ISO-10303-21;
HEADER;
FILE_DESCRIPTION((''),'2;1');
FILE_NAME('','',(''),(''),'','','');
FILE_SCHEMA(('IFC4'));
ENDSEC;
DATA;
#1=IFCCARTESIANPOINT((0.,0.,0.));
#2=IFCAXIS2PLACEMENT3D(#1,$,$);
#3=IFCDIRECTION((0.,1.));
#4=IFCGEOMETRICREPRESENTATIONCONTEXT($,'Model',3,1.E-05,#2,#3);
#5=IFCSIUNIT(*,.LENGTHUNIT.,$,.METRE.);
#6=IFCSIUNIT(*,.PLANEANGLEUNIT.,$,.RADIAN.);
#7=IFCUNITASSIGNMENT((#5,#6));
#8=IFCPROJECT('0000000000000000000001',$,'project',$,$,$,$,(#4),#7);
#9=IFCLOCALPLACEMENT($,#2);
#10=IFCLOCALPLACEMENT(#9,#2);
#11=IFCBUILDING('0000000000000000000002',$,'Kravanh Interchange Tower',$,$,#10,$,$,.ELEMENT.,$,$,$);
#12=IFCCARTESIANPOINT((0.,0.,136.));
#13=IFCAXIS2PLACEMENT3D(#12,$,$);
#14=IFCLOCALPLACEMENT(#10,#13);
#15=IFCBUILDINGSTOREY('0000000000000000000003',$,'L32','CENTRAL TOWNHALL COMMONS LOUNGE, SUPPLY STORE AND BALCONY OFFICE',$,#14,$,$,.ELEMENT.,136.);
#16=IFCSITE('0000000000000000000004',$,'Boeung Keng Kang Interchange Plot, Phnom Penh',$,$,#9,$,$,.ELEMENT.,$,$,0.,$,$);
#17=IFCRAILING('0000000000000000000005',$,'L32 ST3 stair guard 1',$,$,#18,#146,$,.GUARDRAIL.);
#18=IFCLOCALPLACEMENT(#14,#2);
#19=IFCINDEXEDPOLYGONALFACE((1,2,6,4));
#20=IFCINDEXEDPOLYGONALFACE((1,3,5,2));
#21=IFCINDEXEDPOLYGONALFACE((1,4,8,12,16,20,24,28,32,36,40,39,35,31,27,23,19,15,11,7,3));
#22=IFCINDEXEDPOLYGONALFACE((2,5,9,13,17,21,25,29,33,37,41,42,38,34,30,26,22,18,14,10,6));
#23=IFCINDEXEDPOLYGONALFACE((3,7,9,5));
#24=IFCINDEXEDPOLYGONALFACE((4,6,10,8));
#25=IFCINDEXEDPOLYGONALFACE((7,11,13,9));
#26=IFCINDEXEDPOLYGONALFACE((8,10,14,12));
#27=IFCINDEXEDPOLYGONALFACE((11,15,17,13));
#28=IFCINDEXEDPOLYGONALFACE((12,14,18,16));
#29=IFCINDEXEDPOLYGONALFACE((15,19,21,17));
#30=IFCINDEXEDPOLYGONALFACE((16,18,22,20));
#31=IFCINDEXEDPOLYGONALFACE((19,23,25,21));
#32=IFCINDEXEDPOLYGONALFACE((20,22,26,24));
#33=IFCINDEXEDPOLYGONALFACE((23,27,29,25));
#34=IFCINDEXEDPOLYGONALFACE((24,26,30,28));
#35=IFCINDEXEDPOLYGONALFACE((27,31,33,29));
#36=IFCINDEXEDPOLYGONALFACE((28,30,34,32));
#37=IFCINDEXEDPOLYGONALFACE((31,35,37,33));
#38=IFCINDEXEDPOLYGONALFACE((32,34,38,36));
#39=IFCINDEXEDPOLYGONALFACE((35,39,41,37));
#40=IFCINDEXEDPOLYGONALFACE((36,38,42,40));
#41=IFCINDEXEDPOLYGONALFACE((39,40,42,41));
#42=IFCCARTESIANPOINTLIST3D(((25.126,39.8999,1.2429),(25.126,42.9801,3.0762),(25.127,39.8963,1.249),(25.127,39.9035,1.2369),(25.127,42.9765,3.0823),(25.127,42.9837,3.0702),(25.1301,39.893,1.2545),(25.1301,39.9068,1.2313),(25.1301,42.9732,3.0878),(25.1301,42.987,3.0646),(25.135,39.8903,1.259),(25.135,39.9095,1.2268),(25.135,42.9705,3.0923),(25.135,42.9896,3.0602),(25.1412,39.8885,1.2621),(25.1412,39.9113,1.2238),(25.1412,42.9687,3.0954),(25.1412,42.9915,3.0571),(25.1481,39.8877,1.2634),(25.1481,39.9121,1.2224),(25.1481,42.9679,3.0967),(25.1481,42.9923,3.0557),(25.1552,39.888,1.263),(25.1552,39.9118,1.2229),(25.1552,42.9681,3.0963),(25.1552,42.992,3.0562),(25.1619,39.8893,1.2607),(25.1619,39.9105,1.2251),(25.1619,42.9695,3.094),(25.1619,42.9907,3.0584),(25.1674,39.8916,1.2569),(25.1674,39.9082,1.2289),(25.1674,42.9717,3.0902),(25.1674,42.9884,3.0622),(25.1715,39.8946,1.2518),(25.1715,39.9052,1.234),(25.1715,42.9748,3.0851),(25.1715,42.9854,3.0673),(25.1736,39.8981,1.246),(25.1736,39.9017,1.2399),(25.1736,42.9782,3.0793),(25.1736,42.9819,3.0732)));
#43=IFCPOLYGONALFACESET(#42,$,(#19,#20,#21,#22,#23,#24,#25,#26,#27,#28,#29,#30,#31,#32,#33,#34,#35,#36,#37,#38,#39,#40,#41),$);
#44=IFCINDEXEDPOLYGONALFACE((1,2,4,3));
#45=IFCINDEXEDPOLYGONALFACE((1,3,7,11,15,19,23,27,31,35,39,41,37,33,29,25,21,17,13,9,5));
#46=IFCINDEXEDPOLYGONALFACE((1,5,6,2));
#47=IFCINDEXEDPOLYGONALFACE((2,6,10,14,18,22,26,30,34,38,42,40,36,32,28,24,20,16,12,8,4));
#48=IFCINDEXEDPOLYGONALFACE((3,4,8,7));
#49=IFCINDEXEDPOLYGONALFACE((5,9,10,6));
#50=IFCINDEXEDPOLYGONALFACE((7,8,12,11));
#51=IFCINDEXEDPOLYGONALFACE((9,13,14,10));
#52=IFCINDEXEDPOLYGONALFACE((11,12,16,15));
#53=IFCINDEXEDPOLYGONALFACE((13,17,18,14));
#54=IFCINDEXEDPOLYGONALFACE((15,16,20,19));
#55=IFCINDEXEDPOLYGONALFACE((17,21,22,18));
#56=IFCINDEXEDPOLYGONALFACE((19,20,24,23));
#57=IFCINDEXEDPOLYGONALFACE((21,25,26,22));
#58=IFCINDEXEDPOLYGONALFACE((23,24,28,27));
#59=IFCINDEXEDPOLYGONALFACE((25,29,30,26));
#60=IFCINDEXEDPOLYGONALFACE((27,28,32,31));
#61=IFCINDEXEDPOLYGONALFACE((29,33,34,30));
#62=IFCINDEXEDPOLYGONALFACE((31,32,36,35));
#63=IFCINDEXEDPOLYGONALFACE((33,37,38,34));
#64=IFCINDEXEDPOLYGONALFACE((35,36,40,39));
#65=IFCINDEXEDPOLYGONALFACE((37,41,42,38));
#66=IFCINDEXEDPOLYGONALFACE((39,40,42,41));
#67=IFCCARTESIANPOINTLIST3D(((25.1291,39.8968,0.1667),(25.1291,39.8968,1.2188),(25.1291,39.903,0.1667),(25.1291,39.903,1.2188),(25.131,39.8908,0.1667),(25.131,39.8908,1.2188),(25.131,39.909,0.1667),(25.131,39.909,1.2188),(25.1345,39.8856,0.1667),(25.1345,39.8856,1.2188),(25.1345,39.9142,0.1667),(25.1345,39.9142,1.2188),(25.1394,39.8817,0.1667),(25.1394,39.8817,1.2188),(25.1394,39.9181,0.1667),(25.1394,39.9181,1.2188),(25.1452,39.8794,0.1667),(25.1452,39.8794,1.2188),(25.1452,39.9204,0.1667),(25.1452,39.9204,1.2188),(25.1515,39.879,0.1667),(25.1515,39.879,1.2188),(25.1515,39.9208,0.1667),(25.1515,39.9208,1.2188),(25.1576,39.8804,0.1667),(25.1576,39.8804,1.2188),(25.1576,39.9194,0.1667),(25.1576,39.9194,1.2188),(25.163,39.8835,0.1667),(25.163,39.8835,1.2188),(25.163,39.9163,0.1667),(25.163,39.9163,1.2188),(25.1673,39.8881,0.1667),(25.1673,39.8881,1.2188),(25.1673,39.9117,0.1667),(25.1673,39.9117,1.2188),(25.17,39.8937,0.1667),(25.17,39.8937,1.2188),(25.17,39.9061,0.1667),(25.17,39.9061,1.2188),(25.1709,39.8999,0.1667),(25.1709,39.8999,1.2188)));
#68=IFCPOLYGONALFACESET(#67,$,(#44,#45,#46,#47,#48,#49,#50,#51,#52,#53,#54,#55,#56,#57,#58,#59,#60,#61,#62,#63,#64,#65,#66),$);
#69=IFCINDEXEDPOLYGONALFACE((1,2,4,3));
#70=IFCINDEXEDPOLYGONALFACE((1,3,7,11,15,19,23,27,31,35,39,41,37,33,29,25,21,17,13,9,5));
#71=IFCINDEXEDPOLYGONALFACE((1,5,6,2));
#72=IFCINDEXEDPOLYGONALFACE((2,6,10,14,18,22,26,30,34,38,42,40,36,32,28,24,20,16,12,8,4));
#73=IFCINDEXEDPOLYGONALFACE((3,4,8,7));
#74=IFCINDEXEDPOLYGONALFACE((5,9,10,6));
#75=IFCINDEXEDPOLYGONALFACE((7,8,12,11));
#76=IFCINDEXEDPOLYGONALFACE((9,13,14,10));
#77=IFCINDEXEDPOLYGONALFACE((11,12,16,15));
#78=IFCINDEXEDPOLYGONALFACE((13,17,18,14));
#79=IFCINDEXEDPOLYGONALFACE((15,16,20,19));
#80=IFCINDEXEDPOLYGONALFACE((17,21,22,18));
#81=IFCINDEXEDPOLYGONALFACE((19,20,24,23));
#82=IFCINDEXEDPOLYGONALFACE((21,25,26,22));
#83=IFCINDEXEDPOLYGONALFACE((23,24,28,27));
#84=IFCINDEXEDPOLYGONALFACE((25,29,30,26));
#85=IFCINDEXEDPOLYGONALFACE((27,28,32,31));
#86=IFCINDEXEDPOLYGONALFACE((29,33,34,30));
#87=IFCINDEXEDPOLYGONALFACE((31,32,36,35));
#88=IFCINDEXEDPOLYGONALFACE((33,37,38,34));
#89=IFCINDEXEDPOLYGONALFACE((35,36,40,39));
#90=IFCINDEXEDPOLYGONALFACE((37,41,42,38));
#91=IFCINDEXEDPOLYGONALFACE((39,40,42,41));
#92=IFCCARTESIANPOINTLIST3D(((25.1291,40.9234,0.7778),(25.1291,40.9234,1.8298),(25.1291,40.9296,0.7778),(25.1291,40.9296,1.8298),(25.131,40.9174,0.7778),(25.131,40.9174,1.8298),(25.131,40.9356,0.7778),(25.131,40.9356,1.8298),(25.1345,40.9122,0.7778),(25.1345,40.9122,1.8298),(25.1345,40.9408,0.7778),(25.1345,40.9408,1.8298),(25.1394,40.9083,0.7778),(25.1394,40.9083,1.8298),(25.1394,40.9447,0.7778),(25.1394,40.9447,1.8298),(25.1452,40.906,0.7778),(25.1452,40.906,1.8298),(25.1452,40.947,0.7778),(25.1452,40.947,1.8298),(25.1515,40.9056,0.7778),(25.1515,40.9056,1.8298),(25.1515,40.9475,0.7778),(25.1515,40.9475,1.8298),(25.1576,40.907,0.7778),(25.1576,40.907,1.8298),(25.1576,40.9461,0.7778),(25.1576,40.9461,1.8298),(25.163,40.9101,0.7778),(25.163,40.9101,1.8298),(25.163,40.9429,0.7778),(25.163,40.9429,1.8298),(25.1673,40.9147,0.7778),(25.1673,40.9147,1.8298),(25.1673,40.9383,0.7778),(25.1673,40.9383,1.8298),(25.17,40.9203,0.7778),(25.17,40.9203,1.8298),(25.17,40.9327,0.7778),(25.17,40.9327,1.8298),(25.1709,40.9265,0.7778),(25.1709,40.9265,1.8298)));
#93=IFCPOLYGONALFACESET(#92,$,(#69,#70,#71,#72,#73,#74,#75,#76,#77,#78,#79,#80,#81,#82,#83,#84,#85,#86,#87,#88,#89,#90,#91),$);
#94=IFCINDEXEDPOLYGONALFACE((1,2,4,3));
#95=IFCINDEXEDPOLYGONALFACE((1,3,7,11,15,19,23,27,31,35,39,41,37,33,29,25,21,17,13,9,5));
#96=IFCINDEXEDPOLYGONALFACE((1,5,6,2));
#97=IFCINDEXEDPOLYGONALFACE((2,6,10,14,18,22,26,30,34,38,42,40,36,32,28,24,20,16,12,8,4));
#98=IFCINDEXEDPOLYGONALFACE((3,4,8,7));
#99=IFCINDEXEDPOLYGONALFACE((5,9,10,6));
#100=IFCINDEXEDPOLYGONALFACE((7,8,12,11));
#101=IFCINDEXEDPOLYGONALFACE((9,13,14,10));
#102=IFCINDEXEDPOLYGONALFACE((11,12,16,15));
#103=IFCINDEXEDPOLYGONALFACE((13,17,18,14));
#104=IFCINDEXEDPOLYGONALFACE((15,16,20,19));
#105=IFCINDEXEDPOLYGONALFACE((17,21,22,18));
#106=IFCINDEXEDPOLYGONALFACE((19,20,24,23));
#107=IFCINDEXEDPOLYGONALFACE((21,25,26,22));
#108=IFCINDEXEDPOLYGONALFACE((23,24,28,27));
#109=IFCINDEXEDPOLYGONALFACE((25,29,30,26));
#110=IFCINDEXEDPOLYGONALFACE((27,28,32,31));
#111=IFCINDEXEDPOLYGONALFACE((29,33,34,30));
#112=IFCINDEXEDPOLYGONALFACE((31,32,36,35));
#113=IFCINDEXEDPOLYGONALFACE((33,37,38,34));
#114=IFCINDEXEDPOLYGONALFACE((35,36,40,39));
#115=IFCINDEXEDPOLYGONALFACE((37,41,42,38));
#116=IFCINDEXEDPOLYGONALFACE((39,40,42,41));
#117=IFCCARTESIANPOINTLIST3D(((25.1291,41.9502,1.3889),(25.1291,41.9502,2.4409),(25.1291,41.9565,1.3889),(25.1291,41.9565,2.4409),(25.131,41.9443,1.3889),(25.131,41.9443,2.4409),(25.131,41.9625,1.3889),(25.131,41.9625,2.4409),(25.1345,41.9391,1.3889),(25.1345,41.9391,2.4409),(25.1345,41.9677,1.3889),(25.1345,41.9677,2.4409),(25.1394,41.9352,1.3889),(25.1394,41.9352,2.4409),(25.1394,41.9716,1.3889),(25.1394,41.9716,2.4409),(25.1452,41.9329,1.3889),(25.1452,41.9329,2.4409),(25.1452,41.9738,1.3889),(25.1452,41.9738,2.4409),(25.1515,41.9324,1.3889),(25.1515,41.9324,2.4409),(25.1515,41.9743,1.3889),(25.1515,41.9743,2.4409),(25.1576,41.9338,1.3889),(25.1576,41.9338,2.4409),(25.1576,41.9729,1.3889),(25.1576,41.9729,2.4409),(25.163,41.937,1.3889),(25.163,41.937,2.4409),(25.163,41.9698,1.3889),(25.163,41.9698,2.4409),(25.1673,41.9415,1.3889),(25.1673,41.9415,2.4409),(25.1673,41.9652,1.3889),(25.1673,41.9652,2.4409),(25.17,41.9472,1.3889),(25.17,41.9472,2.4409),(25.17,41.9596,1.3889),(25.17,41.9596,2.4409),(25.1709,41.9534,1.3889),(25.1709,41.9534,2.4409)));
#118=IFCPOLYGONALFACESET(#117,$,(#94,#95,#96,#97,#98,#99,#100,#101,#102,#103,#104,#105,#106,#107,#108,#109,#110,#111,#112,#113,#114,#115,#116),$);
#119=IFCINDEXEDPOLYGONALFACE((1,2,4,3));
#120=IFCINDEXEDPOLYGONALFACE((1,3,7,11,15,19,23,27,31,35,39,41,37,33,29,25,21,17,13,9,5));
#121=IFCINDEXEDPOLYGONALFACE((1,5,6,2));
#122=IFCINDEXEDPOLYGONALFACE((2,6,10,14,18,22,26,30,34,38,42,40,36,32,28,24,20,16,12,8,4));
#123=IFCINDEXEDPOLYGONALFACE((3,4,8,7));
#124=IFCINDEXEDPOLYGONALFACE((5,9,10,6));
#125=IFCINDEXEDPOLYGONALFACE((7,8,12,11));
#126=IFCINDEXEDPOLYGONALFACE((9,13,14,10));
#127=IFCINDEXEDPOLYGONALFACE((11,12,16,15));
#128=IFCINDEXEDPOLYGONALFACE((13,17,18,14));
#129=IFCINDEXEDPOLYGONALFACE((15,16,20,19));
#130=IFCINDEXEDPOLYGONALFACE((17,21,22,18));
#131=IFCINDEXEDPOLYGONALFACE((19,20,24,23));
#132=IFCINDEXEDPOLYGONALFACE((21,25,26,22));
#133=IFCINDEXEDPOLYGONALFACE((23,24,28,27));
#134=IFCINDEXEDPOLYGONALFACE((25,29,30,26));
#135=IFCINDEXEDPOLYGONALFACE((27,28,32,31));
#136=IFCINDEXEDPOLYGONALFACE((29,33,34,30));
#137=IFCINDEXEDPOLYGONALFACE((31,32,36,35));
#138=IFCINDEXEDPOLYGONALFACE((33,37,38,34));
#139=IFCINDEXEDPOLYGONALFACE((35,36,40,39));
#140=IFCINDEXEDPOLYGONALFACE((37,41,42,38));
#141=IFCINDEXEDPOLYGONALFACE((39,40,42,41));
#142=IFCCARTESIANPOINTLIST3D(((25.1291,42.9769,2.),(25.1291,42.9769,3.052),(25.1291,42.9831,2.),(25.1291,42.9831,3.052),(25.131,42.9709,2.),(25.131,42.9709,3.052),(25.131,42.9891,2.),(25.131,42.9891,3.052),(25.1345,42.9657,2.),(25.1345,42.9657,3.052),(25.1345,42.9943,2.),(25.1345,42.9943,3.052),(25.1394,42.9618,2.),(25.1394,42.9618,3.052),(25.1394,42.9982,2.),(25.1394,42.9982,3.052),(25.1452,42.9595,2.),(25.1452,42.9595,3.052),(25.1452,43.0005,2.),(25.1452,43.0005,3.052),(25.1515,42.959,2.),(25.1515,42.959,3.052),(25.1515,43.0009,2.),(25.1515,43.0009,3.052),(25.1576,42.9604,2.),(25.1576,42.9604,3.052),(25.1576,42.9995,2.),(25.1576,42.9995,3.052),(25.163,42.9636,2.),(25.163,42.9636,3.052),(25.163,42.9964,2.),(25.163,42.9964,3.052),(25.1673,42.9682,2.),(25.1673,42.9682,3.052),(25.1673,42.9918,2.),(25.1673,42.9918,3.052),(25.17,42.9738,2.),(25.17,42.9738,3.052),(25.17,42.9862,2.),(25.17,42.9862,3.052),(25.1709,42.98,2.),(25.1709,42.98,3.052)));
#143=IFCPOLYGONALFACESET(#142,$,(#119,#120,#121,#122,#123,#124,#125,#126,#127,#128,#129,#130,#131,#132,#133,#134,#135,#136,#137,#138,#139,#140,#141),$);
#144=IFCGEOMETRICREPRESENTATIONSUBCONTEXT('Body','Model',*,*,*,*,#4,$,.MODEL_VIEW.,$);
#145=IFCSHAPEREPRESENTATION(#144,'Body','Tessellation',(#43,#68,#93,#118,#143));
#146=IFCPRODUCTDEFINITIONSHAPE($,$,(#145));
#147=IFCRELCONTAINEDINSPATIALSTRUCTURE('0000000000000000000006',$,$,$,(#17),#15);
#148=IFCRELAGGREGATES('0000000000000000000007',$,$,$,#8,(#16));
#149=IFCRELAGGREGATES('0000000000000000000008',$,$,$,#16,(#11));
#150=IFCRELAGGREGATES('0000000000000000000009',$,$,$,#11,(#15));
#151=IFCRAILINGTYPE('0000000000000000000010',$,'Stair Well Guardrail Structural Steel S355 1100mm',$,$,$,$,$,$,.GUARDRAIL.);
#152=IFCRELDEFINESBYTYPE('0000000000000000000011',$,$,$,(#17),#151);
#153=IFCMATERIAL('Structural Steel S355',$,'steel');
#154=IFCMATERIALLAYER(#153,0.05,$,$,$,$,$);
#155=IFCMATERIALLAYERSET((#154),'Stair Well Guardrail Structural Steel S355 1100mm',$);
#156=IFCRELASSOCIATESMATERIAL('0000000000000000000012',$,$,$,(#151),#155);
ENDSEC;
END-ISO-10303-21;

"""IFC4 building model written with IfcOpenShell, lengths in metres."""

from ifc_helpers import new_model, si_unit, direction, frame, origin, origin_2d, place, context, subcontext, project, spatial, circle, extrude, material, layer, layer_set, type_object, element, save


model = new_model("IFC4")

# Units and contexts
model_context = context("Model", 3, precision=1e-05, world=origin(), true_north=direction((0.0, 1.0)))
body_context = subcontext(model_context, "Body", "Model", "MODEL_VIEW")
ifc_project = project(units=[si_unit("LENGTHUNIT", "METRE"), si_unit("PLANEANGLEUNIT", "RADIAN")], contexts=[model_context])

# Site, building, storey
site_placement = place(None, origin())
site = spatial("IfcSite", under=ifc_project, at=site_placement, Name="Boeung Keng Kang Interchange Plot, Phnom Penh", CompositionType="ELEMENT", RefElevation=0.0)
building_placement = place(site_placement, origin())
building = spatial("IfcBuilding", under=site, at=building_placement, Name="Kravanh Interchange Tower", CompositionType="ELEMENT")
storey_placement = place(building_placement, frame((0.0, 0.0, 136.0)))
storey = spatial("IfcBuildingStorey", under=building, at=storey_placement, Name="L32", Description="CENTRAL TOWNHALL COMMONS LOUNGE, SUPPLY STORE AND BALCONY OFFICE", CompositionType="ELEMENT", Elevation=136.0)

# Railing
ifc_material_1 = material(Name="Structural Steel S355", Category="steel")
ifc_layer_1 = layer(ifc_material_1, 0.05)
ifc_layer_set_1 = layer_set([ifc_layer_1], Name="Stair Well Guardrail Structural Steel S355 1100mm")
railing_type_1 = type_object("IfcRailingType", Name="Stair Well Guardrail Structural Steel S355 1100mm", PredefinedType="GUARDRAIL", material=ifc_layer_set_1)
railing_1_placement = place(storey_placement, frame((25.1499, 39.8999, 0.1667)))
element("IfcRailing", 1, at=railing_1_placement, inside=storey, type_object=railing_type_1, Name="L32 ST3 stair guard 1", PredefinedType="GUARDRAIL", context=body_context, shape_type="SweptSolid", body=[
    extrude(circle(Radius=0.0239, at=origin_2d()), frame((0.0, 0.0, 1.0762), z_axis=(0.0, 0.859309, 0.511458), x_axis=(-1.0, 0.0, 0.0)), (0.0, 0.0, 1.0), 3.5845),
    extrude(circle(Radius=0.021, at=origin_2d()), origin(), (0.0, 0.0, 1.0), 1.052),
    extrude(circle(Radius=0.021, at=origin_2d()), frame((0.0, 1.0266, 0.6111)), (0.0, 0.0, 1.0), 1.052),
    extrude(circle(Radius=0.021, at=origin_2d()), frame((0.0, 2.0535, 1.2222)), (0.0, 0.0, 1.0), 1.052),
    extrude(circle(Radius=0.021, at=origin_2d()), frame((0.0, 3.0801, 1.8333)), (0.0, 0.0, 1.0), 1.052),
])

save(model, "model.ifc")
